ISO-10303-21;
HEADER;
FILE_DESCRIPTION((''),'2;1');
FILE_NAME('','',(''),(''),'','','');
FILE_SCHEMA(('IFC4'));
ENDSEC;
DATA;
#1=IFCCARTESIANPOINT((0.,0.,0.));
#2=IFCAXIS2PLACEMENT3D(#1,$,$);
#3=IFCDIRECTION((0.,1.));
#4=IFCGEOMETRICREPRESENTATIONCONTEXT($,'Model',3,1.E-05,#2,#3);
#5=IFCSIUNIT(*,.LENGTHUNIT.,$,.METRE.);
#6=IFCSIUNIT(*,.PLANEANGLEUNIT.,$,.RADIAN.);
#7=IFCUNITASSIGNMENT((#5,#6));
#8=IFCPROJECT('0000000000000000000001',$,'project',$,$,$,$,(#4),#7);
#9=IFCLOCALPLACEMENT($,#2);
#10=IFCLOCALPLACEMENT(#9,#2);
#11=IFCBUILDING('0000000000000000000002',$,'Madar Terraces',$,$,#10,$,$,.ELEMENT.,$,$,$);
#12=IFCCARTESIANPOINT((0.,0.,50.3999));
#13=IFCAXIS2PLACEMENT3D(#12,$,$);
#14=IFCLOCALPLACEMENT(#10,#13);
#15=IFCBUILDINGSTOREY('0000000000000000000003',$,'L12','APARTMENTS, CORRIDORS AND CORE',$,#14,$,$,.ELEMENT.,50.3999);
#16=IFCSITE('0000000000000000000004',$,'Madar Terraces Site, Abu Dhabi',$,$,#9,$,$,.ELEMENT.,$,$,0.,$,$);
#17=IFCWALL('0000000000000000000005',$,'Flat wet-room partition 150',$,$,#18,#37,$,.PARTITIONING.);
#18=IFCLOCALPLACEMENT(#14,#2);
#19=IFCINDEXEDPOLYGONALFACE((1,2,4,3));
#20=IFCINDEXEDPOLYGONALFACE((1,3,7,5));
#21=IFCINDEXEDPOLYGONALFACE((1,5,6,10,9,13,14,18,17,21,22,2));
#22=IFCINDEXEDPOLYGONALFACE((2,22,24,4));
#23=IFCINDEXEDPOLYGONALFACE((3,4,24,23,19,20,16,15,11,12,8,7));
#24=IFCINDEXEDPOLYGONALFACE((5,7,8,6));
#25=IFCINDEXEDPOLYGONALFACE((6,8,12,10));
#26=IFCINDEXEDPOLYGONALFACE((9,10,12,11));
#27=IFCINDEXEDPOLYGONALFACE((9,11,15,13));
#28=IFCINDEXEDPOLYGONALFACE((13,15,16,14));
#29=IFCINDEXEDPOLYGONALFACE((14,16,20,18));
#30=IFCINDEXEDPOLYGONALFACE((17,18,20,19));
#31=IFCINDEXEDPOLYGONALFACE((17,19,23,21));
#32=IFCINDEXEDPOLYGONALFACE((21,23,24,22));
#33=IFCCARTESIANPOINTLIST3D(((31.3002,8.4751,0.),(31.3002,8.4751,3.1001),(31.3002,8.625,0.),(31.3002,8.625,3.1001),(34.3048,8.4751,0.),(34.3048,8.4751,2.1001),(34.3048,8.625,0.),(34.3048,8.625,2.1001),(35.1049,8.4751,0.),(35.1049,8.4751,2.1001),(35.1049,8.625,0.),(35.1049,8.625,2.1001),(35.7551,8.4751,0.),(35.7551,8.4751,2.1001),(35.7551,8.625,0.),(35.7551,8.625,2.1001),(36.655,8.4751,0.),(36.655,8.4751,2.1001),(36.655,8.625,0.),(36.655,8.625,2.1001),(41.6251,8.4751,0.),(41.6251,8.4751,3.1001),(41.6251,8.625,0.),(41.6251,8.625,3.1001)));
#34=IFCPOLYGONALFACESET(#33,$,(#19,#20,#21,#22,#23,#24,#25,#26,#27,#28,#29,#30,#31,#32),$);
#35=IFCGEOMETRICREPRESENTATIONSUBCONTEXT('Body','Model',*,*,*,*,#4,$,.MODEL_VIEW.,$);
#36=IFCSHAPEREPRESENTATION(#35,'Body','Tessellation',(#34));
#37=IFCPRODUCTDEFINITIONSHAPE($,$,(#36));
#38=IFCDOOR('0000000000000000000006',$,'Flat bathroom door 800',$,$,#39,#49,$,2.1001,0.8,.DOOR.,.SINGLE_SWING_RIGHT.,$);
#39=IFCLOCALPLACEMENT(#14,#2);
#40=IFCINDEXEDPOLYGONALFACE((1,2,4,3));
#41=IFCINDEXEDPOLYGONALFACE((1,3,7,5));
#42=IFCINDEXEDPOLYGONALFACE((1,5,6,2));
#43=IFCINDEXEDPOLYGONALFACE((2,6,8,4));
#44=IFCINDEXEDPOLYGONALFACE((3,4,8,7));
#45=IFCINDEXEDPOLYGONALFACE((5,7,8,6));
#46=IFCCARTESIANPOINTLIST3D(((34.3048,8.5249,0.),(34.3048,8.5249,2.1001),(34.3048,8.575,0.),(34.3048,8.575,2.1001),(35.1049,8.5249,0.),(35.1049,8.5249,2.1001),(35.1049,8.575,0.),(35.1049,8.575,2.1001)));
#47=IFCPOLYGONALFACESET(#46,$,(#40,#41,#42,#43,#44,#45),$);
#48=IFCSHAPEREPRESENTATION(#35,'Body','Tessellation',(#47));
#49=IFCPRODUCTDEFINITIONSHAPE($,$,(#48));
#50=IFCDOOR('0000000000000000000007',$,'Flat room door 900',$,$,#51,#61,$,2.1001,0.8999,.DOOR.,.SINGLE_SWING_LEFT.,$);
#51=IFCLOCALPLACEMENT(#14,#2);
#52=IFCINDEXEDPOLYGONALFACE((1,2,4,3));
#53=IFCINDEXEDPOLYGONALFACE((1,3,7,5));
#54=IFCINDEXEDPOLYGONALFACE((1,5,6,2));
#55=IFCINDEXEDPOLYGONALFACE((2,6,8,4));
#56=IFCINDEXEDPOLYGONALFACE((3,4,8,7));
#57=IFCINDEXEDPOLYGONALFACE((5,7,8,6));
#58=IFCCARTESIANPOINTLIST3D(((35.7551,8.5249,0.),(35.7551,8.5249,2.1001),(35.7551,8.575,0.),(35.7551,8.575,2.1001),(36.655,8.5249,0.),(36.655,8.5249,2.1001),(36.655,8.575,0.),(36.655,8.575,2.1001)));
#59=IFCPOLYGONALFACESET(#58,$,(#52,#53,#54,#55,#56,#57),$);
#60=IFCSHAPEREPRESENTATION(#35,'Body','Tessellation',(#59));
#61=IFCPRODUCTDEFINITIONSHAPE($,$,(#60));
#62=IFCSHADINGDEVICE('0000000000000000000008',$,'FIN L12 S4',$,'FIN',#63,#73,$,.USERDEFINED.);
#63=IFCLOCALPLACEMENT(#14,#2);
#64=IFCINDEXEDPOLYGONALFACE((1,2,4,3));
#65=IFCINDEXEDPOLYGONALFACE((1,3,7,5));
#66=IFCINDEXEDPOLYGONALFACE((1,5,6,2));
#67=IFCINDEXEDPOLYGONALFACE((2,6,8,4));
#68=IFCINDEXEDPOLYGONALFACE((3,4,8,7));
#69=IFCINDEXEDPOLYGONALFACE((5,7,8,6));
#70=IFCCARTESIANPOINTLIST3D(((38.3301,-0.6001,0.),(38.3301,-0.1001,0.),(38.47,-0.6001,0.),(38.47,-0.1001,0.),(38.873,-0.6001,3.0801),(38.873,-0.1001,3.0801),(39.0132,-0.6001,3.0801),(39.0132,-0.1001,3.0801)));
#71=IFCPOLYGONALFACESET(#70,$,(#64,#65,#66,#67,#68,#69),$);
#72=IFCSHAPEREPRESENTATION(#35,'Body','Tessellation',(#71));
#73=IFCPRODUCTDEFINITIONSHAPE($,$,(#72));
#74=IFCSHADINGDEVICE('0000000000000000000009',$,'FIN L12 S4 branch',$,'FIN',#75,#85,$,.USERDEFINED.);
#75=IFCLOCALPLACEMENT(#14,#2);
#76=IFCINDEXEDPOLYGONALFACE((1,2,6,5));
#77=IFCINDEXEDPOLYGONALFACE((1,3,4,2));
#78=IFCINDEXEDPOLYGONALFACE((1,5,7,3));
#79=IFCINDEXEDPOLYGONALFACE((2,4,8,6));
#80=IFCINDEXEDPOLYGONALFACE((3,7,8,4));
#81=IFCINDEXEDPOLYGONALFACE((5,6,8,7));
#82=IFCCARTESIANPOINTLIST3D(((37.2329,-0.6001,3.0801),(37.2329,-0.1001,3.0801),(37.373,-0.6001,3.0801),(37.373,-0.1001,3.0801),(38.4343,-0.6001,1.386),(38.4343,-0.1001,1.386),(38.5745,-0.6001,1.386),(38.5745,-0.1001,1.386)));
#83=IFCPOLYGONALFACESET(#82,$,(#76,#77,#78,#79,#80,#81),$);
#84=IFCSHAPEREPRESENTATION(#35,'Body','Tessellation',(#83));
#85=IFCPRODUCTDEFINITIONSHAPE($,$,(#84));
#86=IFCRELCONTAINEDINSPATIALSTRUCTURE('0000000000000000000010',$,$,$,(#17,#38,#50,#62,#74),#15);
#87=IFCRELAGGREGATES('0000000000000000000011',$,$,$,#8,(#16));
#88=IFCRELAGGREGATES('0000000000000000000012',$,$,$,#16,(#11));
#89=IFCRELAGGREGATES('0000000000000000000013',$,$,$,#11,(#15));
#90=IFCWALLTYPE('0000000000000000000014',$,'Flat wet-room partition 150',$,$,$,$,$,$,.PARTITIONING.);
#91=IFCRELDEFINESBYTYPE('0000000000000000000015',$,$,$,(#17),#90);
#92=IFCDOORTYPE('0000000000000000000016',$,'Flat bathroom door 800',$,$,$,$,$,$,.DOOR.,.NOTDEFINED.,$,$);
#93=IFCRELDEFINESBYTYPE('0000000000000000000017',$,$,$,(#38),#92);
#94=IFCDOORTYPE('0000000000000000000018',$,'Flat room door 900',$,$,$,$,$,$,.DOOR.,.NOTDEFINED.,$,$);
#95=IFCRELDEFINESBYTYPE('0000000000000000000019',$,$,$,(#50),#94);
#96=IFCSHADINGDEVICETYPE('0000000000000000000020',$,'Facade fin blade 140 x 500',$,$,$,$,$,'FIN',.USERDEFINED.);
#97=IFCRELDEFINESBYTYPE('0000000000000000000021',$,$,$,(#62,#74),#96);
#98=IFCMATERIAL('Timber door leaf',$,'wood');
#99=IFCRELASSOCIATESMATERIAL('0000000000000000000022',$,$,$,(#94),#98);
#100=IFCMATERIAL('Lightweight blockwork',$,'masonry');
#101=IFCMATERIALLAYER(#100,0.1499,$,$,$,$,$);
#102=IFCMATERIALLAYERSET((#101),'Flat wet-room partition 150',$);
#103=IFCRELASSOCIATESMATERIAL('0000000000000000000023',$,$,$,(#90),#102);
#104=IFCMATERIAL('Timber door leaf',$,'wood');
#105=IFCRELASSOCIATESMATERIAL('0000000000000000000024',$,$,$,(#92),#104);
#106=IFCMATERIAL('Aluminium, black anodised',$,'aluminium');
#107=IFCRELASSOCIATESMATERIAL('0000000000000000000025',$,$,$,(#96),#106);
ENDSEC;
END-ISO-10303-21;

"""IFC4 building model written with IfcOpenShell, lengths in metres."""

from ifc_helpers import new_model, si_unit, direction, frame, frame_2d, origin, place, context, subcontext, project, spatial, polyline, rectangle, outline, extrude, material, layer, layer_set, type_object, element, fill, save


model = new_model("IFC4")

# Units and contexts
model_context = context("Model", 3, precision=1e-05, world=origin(), true_north=direction((0.0, 1.0)))
body_context = subcontext(model_context, "Body", "Model", "MODEL_VIEW")
ifc_project = project(units=[si_unit("LENGTHUNIT", "METRE"), si_unit("PLANEANGLEUNIT", "RADIAN")], contexts=[model_context])

# Site, building, storey
site_placement = place(None, origin())
site = spatial("IfcSite", under=ifc_project, at=site_placement, Name="Madar Terraces Site, Abu Dhabi", CompositionType="ELEMENT", RefElevation=0.0)
building_placement = place(site_placement, origin())
building = spatial("IfcBuilding", under=site, at=building_placement, Name="Madar Terraces", CompositionType="ELEMENT")
storey_placement = place(building_placement, frame((0.0, 0.0, 50.3999)))
storey = spatial("IfcBuildingStorey", under=building, at=storey_placement, Name="L12", Description="APARTMENTS, CORRIDORS AND CORE", CompositionType="ELEMENT", Elevation=50.3999)

# Shared definitions
ifc_material_1 = material(Name="Timber door leaf", Category="wood")
door_type_1 = type_object("IfcDoorType", Name="Flat room door 900", OperationType="NOTDEFINED", PredefinedType="DOOR", material=ifc_material_1)

# Wall, openings, doors
ifc_material_2 = material(Name="Lightweight blockwork", Category="masonry")
ifc_layer_1 = layer(ifc_material_2, 0.1499)
ifc_layer_set_1 = layer_set([ifc_layer_1], Name="Flat wet-room partition 150")
wall_type_1 = type_object("IfcWallType", Name="Flat wet-room partition 150", PredefinedType="PARTITIONING", material=ifc_layer_set_1)
wall_1_placement = place(storey_placement, frame((31.3, 8.55, 0.0), z_axis=(0.0, 0.0, 1.0), x_axis=(1.0, 0.0, 0.0)))
wall_1 = element("IfcWall", 1, at=wall_1_placement, inside=storey, type_object=wall_type_1, Name="Flat wet-room partition 150", PredefinedType="PARTITIONING", context=body_context, shape_type="SweptSolid", body=[
    extrude(rectangle(XDim=10.325, YDim=0.1499, at=frame_2d((5.1626, 0.0))), origin(), (0.0, 0.0, 1.0), 3.1001),
])
opening_1_placement = place(wall_1_placement, frame((4.4551, 0.0, 0.0)))
opening_1 = element("IfcOpeningElement", 2, at=opening_1_placement, cuts=wall_1, PredefinedType="OPENING", context=body_context, shape_type="SweptSolid", body=[
    extrude(rectangle(XDim=0.8999, YDim=2.1001, at=frame_2d((0.45, 1.05))), frame((0.0, 0.085, 0.0), z_axis=(0.0, -1.0, 0.0), x_axis=(1.0, 0.0, 0.0)), (0.0, 0.0, 1.0), 0.1699),
])
opening_2_placement = place(wall_1_placement, frame((3.0049, 0.0, 0.0)))
opening_2 = element("IfcOpeningElement", 3, at=opening_2_placement, cuts=wall_1, PredefinedType="OPENING", context=body_context, shape_type="SweptSolid", body=[
    extrude(rectangle(XDim=0.8, YDim=2.1001, at=frame_2d((0.3999, 1.05))), frame((0.0, 0.085, 0.0), z_axis=(0.0, -1.0, 0.0), x_axis=(1.0, 0.0, 0.0)), (0.0, 0.0, 1.0), 0.1699),
])
ifc_material_3 = material(Name="Timber door leaf", Category="wood")
door_type_2 = type_object("IfcDoorType", Name="Flat bathroom door 800", OperationType="NOTDEFINED", PredefinedType="DOOR", material=ifc_material_3)
door_1_placement = place(opening_2_placement, origin())
door_1 = element("IfcDoor", 4, at=door_1_placement, inside=storey, type_object=door_type_2, Name="Flat bathroom door 800", OperationType="SINGLE_SWING_RIGHT", OverallHeight=2.1001, OverallWidth=0.8, PredefinedType="DOOR", context=body_context, shape_type="SweptSolid", body=[
    extrude(rectangle(XDim=0.8, YDim=2.1001, at=frame_2d((0.3999, 1.05))), frame((0.0, 0.0249, 0.0), z_axis=(0.0, -1.0, 0.0), x_axis=(1.0, 0.0, 0.0)), (0.0, 0.0, 1.0), 0.05),
])
fill(opening_2, door_1)
door_2_placement = place(opening_1_placement, origin())
door_2 = element("IfcDoor", 5, at=door_2_placement, inside=storey, type_object=door_type_1, Name="Flat room door 900", OperationType="SINGLE_SWING_LEFT", OverallHeight=2.1001, OverallWidth=0.8999, PredefinedType="DOOR", context=body_context, shape_type="SweptSolid", body=[
    extrude(rectangle(XDim=0.8999, YDim=2.1001, at=frame_2d((0.45, 1.05))), frame((0.0, 0.0249, 0.0), z_axis=(0.0, -1.0, 0.0), x_axis=(1.0, 0.0, 0.0)), (0.0, 0.0, 1.0), 0.05),
])
fill(opening_1, door_2)

# Shading devices
ifc_material_4 = material(Name="Aluminium, black anodised", Category="aluminium")
shading_device_type = type_object("IfcShadingDeviceType", Name="Facade fin blade 140 x 500", ElementType="FIN", PredefinedType="USERDEFINED", material=ifc_material_4)
shading_device_1_placement = place(storey_placement, frame((38.3301, -0.3501, 0.0), z_axis=(0.0, 0.0, 1.0), x_axis=(1.0, 0.0, 0.0)))
element("IfcShadingDevice", 6, at=shading_device_1_placement, inside=storey, type_object=shading_device_type, Name="FIN L12 S4", ObjectType="FIN", PredefinedType="USERDEFINED", context=body_context, shape_type="SweptSolid", body=[
    extrude(outline(polyline([(0.0, 0.0), (0.1399, 0.0), (0.6831, 3.0801), (0.543, 3.0801), (0.0, 0.0)])), frame((0.0, 0.25, 0.0), z_axis=(0.0, -1.0, 0.0), x_axis=(1.0, 0.0, 0.0)), (0.0, 0.0, 1.0), 0.5),
])
shading_device_2_placement = place(storey_placement, frame((38.4343, -0.3501, 1.386), z_axis=(0.0, 0.0, 1.0), x_axis=(1.0, 0.0, 0.0)))
element("IfcShadingDevice", 7, at=shading_device_2_placement, inside=storey, type_object=shading_device_type, Name="FIN L12 S4 branch", ObjectType="FIN", PredefinedType="USERDEFINED", context=body_context, shape_type="SweptSolid", body=[
    extrude(outline(polyline([(0.0, 0.0), (0.1401, 0.0), (-1.0613, 1.6941), (-1.2014, 1.6941), (0.0, 0.0)])), frame((0.0, 0.25, 0.0), z_axis=(0.0, -1.0, 0.0), x_axis=(1.0, 0.0, 0.0)), (0.0, 0.0, 1.0), 0.5),
])

save(model, "model.ifc")
